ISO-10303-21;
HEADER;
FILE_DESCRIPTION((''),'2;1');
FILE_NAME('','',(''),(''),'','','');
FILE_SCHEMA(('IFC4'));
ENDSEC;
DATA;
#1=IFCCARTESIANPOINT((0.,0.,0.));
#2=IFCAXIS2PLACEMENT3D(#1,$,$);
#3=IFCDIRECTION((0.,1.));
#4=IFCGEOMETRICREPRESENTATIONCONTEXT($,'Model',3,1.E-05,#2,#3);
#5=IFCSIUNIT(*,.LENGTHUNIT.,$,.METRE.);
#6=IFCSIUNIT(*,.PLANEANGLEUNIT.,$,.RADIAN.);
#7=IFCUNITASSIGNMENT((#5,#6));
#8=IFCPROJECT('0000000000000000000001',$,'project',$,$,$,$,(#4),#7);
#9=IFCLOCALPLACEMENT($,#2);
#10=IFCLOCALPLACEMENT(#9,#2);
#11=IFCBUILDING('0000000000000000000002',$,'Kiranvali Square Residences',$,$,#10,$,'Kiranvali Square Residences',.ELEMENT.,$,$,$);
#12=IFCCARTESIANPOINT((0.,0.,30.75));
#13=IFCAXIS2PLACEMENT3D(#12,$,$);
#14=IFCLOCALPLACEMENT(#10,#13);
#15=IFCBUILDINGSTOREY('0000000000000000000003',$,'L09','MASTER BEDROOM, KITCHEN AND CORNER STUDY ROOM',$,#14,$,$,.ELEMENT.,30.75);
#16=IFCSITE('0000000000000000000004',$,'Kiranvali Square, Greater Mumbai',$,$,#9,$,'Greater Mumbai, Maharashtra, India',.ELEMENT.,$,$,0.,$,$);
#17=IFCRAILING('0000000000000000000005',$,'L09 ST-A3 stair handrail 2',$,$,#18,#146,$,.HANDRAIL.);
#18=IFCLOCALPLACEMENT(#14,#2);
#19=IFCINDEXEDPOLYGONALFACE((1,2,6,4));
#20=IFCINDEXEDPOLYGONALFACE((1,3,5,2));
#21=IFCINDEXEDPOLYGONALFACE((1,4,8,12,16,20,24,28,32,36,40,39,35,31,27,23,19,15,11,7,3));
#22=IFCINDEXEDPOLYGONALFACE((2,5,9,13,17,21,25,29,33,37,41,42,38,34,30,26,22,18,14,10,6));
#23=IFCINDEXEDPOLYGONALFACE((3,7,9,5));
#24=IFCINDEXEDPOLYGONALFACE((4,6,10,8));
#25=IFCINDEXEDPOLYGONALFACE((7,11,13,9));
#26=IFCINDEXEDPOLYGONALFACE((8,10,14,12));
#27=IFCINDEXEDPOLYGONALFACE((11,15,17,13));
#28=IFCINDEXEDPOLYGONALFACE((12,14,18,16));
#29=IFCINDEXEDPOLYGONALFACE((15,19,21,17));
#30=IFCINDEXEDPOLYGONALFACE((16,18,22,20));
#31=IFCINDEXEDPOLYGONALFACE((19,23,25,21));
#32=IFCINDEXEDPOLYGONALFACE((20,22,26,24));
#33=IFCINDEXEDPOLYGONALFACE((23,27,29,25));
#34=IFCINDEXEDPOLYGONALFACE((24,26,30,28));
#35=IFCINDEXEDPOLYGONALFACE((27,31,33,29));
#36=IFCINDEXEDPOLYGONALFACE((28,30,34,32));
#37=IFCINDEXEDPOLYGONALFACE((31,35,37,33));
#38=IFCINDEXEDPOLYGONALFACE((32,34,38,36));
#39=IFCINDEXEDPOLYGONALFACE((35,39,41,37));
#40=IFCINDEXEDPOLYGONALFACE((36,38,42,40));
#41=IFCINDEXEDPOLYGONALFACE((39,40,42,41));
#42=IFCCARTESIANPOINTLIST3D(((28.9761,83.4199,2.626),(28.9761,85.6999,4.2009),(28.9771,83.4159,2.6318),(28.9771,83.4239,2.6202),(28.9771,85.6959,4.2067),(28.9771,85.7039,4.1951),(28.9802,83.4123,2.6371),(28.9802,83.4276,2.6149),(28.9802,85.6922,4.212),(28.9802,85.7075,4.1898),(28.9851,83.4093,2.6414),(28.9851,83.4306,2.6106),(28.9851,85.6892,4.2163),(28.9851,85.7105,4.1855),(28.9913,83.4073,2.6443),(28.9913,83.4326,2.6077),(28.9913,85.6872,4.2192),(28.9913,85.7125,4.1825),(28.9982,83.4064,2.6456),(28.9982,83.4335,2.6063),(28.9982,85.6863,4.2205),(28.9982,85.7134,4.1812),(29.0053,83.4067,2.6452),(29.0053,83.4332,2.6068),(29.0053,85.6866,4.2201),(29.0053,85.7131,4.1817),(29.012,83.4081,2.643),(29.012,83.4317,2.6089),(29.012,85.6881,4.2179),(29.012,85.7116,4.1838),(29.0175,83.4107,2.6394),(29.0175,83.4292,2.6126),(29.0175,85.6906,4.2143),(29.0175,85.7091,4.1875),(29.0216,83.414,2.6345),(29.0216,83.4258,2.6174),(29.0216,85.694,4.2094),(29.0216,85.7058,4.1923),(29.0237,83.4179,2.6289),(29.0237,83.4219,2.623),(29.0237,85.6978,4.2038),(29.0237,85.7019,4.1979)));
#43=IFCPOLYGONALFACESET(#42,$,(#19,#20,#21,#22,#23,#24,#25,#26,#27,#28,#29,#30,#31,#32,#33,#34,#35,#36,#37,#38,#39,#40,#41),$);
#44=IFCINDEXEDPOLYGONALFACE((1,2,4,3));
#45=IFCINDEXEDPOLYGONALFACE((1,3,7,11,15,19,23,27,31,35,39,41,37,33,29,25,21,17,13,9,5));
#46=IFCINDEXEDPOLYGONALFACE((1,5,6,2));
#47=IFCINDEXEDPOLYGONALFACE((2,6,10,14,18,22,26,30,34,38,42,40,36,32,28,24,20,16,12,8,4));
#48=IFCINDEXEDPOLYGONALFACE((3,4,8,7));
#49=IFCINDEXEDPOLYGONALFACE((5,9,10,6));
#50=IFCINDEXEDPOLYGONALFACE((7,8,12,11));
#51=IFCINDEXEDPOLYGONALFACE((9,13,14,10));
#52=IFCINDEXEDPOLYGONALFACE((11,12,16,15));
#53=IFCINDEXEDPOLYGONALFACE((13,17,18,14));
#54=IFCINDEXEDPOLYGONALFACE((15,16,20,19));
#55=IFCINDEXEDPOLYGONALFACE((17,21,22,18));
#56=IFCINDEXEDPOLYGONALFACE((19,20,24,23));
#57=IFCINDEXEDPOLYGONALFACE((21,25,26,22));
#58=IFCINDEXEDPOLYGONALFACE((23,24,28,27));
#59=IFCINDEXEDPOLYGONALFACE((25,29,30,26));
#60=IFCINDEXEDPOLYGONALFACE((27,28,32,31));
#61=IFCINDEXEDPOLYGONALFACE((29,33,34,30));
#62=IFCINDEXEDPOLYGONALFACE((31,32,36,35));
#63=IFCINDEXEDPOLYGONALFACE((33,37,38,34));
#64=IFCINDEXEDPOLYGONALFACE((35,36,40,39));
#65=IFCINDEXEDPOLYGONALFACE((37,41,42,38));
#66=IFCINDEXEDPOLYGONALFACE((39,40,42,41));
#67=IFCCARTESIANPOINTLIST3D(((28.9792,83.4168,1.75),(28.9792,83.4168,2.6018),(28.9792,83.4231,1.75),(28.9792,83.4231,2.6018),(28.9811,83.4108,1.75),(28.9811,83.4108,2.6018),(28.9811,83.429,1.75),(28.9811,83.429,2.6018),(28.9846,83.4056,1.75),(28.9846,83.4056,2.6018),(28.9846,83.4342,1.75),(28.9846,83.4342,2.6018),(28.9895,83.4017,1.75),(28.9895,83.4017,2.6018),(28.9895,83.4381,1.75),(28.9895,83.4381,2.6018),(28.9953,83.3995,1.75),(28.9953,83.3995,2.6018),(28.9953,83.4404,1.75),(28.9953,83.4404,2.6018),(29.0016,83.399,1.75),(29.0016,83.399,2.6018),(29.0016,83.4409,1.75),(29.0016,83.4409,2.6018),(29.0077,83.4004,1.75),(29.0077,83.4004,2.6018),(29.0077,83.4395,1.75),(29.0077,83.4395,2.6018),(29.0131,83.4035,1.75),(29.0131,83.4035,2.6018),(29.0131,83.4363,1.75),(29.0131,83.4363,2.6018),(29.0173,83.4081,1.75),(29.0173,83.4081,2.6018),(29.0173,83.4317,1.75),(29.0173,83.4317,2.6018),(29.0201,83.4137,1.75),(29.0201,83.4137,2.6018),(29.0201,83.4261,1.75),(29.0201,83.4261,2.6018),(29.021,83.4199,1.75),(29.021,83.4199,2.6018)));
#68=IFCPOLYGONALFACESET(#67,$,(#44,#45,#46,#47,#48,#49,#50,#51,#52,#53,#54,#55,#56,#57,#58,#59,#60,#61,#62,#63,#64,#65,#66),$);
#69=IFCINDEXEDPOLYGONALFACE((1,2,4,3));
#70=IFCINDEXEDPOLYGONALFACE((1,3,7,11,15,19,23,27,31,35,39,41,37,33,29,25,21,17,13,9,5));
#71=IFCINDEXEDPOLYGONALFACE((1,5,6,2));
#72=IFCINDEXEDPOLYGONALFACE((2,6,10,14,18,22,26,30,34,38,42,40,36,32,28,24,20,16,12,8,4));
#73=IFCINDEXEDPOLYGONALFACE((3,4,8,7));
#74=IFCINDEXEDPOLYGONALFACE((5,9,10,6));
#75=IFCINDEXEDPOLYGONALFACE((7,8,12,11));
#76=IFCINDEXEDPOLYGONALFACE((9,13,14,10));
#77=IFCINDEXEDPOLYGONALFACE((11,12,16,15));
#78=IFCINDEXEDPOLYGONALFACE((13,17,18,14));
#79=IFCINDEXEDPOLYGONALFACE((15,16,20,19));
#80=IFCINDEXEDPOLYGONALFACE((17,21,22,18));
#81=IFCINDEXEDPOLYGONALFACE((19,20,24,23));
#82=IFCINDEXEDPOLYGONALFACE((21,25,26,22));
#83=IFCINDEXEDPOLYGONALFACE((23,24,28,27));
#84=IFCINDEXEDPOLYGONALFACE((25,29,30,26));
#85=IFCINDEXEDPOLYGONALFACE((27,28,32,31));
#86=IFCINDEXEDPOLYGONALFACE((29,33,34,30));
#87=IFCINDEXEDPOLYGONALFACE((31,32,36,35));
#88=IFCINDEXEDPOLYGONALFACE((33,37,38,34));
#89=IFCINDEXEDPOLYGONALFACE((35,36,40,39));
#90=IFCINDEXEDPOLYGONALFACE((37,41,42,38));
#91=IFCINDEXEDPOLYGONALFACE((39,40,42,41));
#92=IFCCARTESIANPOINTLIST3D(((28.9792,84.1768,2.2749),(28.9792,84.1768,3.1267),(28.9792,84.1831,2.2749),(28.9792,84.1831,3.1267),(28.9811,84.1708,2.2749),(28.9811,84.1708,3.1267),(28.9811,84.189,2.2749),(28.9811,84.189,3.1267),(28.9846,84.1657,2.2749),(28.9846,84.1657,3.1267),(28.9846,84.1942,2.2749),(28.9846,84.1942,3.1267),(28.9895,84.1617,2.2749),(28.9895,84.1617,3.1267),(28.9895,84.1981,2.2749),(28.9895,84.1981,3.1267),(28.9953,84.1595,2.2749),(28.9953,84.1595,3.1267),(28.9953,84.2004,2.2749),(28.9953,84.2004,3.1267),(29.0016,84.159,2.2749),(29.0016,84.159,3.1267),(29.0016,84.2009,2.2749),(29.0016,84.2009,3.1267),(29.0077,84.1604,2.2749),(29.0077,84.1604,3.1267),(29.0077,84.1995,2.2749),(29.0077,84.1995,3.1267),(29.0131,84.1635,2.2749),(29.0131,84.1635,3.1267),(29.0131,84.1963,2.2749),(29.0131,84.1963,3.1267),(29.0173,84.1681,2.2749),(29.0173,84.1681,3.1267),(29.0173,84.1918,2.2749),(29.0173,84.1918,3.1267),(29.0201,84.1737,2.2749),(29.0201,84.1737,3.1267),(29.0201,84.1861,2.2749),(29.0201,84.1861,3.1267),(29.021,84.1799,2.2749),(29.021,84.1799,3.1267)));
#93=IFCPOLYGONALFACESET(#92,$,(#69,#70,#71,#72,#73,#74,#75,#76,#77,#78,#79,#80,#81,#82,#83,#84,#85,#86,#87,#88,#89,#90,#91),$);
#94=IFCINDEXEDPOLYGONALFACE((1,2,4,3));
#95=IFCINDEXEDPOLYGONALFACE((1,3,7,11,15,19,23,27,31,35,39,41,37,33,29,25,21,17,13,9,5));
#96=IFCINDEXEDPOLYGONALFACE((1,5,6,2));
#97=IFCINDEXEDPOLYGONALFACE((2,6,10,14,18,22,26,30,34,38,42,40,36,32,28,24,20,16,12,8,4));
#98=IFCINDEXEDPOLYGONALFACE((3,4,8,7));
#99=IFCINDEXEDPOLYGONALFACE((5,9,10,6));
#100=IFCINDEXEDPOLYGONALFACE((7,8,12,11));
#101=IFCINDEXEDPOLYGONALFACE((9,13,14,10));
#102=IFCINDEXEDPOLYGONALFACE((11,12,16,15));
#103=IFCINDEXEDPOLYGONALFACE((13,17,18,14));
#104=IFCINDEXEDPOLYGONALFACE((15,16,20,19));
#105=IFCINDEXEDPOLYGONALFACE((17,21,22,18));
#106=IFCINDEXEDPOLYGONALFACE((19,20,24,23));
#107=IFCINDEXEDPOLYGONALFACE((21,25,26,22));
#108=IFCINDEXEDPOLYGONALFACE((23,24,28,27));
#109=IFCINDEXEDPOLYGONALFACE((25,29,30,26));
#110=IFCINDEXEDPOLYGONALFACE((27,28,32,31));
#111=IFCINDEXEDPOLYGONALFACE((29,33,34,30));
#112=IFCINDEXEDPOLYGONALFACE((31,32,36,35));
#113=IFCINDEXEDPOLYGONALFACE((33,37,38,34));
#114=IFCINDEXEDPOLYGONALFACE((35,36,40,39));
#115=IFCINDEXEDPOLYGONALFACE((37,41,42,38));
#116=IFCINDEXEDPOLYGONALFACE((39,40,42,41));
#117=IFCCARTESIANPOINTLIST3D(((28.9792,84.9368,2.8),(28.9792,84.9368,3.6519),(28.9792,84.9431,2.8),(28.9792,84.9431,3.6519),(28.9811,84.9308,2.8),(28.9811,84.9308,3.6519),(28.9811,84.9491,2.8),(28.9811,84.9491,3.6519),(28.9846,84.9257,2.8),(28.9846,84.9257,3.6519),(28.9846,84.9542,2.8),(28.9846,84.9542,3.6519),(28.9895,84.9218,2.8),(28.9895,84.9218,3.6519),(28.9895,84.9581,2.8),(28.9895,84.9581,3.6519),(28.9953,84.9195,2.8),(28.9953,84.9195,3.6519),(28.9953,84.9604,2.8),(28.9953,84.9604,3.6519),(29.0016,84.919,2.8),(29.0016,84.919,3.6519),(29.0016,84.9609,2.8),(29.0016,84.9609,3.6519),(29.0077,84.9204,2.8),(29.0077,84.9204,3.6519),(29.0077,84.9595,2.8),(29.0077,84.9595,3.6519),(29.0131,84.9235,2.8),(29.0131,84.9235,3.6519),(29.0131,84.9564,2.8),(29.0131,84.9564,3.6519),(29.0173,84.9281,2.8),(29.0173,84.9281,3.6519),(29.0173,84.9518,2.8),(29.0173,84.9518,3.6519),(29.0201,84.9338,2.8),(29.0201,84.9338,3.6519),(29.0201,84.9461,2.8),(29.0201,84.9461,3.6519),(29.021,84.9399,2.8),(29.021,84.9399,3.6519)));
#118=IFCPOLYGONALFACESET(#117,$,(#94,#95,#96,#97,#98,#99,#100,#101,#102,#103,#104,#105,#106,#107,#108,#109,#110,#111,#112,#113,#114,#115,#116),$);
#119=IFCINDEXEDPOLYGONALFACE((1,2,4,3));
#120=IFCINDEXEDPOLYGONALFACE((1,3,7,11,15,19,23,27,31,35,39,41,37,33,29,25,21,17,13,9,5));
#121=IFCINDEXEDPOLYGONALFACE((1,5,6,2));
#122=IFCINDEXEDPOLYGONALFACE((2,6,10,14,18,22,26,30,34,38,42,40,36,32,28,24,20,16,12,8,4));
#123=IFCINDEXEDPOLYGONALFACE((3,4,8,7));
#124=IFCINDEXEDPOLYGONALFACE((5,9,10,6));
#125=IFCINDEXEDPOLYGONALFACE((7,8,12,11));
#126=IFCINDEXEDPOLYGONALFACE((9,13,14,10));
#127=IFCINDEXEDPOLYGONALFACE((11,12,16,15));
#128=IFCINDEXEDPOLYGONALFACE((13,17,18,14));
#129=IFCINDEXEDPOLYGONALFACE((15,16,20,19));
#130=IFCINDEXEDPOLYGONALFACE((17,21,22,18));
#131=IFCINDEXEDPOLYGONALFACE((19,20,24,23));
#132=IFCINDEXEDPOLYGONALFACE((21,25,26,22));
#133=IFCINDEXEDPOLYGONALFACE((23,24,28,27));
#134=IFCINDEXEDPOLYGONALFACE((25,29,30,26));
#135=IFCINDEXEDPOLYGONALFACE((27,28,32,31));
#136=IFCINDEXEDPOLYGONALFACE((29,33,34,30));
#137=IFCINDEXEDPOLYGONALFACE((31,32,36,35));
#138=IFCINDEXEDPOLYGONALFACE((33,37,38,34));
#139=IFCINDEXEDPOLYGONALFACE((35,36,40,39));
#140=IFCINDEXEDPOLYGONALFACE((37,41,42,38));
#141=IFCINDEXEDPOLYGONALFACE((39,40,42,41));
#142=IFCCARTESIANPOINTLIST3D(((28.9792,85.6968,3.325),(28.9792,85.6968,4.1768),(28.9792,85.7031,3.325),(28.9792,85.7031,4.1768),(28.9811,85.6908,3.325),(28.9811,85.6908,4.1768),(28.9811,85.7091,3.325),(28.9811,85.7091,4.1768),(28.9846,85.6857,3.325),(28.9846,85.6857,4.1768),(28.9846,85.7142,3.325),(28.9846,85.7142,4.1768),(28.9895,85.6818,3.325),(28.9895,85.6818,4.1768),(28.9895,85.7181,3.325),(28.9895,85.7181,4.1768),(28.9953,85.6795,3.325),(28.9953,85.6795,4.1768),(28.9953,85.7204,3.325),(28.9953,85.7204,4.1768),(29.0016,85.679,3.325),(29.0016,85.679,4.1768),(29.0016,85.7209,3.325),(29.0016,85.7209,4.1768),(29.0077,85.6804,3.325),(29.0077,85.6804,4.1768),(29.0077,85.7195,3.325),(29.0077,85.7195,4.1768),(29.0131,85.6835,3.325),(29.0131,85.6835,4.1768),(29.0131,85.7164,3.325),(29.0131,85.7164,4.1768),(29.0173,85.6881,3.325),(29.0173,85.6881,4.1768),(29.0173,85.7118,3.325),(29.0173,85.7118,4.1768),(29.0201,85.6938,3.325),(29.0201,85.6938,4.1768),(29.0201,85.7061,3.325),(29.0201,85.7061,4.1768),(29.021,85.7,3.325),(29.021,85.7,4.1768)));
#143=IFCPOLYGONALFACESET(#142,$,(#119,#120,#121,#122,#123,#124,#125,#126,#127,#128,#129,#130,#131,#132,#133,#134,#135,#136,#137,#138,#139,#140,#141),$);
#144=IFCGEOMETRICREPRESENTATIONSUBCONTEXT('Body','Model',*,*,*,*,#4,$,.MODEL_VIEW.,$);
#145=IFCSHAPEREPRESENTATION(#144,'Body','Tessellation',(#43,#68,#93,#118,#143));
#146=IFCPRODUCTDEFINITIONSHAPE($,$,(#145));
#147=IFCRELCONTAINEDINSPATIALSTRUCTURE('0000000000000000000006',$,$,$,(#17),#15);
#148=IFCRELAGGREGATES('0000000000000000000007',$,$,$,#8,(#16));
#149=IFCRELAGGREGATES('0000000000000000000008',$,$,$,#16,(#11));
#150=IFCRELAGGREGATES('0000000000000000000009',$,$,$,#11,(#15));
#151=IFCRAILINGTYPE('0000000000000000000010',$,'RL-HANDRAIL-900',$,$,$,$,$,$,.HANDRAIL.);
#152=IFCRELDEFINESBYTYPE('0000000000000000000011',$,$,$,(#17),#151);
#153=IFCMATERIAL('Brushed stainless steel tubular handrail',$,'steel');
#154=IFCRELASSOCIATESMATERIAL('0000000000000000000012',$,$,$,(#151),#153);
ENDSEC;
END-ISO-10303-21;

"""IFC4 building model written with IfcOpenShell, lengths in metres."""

from ifc_helpers import new_model, si_unit, direction, frame, origin, origin_2d, place, context, subcontext, project, spatial, circle, extrude, material, type_object, element, save


model = new_model("IFC4")

# Units and contexts
model_context = context("Model", 3, precision=1e-05, world=origin(), true_north=direction((0.0, 1.0)))
body_context = subcontext(model_context, "Body", "Model", "MODEL_VIEW")
ifc_project = project(units=[si_unit("LENGTHUNIT", "METRE"), si_unit("PLANEANGLEUNIT", "RADIAN")], contexts=[model_context])

# Site, building, storey
site_placement = place(None, origin())
site = spatial("IfcSite", under=ifc_project, at=site_placement, Name="Kiranvali Square, Greater Mumbai", LongName="Greater Mumbai, Maharashtra, India", CompositionType="ELEMENT", RefElevation=0.0)
building_placement = place(site_placement, origin())
building = spatial("IfcBuilding", under=site, at=building_placement, Name="Kiranvali Square Residences", LongName="Kiranvali Square Residences", CompositionType="ELEMENT")
storey_placement = place(building_placement, frame((0.0, 0.0, 30.75)))
storey = spatial("IfcBuildingStorey", under=building, at=storey_placement, Name="L09", Description="MASTER BEDROOM, KITCHEN AND CORNER STUDY ROOM", CompositionType="ELEMENT", Elevation=30.75)

# Railing
ifc_material_1 = material(Name="Brushed stainless steel tubular handrail", Category="steel")
railing_type_1 = type_object("IfcRailingType", Name="RL-HANDRAIL-900", PredefinedType="HANDRAIL", material=ifc_material_1)
railing_1_placement = place(storey_placement, frame((29.0, 83.4199, 1.75)))
element("IfcRailing", 1, at=railing_1_placement, inside=storey, type_object=railing_type_1, Name="L09 ST-A3 stair handrail 2", PredefinedType="HANDRAIL", context=body_context, shape_type="SweptSolid", body=[
    extrude(circle(Radius=0.0239, at=origin_2d()), frame((0.0, 0.0, 0.876), z_axis=(0.0, 0.822788, 0.568348), x_axis=(-1.0, 0.0, 0.0)), (0.0, 0.0, 1.0), 2.771),
    extrude(circle(Radius=0.021, at=origin_2d()), origin(), (0.0, 0.0, 1.0), 0.8518),
    extrude(circle(Radius=0.021, at=origin_2d()), frame((0.0, 0.76, 0.5249)), (0.0, 0.0, 1.0), 0.8518),
    extrude(circle(Radius=0.021, at=origin_2d()), frame((0.0, 1.52, 1.05)), (0.0, 0.0, 1.0), 0.8518),
    extrude(circle(Radius=0.021, at=origin_2d()), frame((0.0, 2.28, 1.575)), (0.0, 0.0, 1.0), 0.8518),
])

save(model, "model.ifc")
